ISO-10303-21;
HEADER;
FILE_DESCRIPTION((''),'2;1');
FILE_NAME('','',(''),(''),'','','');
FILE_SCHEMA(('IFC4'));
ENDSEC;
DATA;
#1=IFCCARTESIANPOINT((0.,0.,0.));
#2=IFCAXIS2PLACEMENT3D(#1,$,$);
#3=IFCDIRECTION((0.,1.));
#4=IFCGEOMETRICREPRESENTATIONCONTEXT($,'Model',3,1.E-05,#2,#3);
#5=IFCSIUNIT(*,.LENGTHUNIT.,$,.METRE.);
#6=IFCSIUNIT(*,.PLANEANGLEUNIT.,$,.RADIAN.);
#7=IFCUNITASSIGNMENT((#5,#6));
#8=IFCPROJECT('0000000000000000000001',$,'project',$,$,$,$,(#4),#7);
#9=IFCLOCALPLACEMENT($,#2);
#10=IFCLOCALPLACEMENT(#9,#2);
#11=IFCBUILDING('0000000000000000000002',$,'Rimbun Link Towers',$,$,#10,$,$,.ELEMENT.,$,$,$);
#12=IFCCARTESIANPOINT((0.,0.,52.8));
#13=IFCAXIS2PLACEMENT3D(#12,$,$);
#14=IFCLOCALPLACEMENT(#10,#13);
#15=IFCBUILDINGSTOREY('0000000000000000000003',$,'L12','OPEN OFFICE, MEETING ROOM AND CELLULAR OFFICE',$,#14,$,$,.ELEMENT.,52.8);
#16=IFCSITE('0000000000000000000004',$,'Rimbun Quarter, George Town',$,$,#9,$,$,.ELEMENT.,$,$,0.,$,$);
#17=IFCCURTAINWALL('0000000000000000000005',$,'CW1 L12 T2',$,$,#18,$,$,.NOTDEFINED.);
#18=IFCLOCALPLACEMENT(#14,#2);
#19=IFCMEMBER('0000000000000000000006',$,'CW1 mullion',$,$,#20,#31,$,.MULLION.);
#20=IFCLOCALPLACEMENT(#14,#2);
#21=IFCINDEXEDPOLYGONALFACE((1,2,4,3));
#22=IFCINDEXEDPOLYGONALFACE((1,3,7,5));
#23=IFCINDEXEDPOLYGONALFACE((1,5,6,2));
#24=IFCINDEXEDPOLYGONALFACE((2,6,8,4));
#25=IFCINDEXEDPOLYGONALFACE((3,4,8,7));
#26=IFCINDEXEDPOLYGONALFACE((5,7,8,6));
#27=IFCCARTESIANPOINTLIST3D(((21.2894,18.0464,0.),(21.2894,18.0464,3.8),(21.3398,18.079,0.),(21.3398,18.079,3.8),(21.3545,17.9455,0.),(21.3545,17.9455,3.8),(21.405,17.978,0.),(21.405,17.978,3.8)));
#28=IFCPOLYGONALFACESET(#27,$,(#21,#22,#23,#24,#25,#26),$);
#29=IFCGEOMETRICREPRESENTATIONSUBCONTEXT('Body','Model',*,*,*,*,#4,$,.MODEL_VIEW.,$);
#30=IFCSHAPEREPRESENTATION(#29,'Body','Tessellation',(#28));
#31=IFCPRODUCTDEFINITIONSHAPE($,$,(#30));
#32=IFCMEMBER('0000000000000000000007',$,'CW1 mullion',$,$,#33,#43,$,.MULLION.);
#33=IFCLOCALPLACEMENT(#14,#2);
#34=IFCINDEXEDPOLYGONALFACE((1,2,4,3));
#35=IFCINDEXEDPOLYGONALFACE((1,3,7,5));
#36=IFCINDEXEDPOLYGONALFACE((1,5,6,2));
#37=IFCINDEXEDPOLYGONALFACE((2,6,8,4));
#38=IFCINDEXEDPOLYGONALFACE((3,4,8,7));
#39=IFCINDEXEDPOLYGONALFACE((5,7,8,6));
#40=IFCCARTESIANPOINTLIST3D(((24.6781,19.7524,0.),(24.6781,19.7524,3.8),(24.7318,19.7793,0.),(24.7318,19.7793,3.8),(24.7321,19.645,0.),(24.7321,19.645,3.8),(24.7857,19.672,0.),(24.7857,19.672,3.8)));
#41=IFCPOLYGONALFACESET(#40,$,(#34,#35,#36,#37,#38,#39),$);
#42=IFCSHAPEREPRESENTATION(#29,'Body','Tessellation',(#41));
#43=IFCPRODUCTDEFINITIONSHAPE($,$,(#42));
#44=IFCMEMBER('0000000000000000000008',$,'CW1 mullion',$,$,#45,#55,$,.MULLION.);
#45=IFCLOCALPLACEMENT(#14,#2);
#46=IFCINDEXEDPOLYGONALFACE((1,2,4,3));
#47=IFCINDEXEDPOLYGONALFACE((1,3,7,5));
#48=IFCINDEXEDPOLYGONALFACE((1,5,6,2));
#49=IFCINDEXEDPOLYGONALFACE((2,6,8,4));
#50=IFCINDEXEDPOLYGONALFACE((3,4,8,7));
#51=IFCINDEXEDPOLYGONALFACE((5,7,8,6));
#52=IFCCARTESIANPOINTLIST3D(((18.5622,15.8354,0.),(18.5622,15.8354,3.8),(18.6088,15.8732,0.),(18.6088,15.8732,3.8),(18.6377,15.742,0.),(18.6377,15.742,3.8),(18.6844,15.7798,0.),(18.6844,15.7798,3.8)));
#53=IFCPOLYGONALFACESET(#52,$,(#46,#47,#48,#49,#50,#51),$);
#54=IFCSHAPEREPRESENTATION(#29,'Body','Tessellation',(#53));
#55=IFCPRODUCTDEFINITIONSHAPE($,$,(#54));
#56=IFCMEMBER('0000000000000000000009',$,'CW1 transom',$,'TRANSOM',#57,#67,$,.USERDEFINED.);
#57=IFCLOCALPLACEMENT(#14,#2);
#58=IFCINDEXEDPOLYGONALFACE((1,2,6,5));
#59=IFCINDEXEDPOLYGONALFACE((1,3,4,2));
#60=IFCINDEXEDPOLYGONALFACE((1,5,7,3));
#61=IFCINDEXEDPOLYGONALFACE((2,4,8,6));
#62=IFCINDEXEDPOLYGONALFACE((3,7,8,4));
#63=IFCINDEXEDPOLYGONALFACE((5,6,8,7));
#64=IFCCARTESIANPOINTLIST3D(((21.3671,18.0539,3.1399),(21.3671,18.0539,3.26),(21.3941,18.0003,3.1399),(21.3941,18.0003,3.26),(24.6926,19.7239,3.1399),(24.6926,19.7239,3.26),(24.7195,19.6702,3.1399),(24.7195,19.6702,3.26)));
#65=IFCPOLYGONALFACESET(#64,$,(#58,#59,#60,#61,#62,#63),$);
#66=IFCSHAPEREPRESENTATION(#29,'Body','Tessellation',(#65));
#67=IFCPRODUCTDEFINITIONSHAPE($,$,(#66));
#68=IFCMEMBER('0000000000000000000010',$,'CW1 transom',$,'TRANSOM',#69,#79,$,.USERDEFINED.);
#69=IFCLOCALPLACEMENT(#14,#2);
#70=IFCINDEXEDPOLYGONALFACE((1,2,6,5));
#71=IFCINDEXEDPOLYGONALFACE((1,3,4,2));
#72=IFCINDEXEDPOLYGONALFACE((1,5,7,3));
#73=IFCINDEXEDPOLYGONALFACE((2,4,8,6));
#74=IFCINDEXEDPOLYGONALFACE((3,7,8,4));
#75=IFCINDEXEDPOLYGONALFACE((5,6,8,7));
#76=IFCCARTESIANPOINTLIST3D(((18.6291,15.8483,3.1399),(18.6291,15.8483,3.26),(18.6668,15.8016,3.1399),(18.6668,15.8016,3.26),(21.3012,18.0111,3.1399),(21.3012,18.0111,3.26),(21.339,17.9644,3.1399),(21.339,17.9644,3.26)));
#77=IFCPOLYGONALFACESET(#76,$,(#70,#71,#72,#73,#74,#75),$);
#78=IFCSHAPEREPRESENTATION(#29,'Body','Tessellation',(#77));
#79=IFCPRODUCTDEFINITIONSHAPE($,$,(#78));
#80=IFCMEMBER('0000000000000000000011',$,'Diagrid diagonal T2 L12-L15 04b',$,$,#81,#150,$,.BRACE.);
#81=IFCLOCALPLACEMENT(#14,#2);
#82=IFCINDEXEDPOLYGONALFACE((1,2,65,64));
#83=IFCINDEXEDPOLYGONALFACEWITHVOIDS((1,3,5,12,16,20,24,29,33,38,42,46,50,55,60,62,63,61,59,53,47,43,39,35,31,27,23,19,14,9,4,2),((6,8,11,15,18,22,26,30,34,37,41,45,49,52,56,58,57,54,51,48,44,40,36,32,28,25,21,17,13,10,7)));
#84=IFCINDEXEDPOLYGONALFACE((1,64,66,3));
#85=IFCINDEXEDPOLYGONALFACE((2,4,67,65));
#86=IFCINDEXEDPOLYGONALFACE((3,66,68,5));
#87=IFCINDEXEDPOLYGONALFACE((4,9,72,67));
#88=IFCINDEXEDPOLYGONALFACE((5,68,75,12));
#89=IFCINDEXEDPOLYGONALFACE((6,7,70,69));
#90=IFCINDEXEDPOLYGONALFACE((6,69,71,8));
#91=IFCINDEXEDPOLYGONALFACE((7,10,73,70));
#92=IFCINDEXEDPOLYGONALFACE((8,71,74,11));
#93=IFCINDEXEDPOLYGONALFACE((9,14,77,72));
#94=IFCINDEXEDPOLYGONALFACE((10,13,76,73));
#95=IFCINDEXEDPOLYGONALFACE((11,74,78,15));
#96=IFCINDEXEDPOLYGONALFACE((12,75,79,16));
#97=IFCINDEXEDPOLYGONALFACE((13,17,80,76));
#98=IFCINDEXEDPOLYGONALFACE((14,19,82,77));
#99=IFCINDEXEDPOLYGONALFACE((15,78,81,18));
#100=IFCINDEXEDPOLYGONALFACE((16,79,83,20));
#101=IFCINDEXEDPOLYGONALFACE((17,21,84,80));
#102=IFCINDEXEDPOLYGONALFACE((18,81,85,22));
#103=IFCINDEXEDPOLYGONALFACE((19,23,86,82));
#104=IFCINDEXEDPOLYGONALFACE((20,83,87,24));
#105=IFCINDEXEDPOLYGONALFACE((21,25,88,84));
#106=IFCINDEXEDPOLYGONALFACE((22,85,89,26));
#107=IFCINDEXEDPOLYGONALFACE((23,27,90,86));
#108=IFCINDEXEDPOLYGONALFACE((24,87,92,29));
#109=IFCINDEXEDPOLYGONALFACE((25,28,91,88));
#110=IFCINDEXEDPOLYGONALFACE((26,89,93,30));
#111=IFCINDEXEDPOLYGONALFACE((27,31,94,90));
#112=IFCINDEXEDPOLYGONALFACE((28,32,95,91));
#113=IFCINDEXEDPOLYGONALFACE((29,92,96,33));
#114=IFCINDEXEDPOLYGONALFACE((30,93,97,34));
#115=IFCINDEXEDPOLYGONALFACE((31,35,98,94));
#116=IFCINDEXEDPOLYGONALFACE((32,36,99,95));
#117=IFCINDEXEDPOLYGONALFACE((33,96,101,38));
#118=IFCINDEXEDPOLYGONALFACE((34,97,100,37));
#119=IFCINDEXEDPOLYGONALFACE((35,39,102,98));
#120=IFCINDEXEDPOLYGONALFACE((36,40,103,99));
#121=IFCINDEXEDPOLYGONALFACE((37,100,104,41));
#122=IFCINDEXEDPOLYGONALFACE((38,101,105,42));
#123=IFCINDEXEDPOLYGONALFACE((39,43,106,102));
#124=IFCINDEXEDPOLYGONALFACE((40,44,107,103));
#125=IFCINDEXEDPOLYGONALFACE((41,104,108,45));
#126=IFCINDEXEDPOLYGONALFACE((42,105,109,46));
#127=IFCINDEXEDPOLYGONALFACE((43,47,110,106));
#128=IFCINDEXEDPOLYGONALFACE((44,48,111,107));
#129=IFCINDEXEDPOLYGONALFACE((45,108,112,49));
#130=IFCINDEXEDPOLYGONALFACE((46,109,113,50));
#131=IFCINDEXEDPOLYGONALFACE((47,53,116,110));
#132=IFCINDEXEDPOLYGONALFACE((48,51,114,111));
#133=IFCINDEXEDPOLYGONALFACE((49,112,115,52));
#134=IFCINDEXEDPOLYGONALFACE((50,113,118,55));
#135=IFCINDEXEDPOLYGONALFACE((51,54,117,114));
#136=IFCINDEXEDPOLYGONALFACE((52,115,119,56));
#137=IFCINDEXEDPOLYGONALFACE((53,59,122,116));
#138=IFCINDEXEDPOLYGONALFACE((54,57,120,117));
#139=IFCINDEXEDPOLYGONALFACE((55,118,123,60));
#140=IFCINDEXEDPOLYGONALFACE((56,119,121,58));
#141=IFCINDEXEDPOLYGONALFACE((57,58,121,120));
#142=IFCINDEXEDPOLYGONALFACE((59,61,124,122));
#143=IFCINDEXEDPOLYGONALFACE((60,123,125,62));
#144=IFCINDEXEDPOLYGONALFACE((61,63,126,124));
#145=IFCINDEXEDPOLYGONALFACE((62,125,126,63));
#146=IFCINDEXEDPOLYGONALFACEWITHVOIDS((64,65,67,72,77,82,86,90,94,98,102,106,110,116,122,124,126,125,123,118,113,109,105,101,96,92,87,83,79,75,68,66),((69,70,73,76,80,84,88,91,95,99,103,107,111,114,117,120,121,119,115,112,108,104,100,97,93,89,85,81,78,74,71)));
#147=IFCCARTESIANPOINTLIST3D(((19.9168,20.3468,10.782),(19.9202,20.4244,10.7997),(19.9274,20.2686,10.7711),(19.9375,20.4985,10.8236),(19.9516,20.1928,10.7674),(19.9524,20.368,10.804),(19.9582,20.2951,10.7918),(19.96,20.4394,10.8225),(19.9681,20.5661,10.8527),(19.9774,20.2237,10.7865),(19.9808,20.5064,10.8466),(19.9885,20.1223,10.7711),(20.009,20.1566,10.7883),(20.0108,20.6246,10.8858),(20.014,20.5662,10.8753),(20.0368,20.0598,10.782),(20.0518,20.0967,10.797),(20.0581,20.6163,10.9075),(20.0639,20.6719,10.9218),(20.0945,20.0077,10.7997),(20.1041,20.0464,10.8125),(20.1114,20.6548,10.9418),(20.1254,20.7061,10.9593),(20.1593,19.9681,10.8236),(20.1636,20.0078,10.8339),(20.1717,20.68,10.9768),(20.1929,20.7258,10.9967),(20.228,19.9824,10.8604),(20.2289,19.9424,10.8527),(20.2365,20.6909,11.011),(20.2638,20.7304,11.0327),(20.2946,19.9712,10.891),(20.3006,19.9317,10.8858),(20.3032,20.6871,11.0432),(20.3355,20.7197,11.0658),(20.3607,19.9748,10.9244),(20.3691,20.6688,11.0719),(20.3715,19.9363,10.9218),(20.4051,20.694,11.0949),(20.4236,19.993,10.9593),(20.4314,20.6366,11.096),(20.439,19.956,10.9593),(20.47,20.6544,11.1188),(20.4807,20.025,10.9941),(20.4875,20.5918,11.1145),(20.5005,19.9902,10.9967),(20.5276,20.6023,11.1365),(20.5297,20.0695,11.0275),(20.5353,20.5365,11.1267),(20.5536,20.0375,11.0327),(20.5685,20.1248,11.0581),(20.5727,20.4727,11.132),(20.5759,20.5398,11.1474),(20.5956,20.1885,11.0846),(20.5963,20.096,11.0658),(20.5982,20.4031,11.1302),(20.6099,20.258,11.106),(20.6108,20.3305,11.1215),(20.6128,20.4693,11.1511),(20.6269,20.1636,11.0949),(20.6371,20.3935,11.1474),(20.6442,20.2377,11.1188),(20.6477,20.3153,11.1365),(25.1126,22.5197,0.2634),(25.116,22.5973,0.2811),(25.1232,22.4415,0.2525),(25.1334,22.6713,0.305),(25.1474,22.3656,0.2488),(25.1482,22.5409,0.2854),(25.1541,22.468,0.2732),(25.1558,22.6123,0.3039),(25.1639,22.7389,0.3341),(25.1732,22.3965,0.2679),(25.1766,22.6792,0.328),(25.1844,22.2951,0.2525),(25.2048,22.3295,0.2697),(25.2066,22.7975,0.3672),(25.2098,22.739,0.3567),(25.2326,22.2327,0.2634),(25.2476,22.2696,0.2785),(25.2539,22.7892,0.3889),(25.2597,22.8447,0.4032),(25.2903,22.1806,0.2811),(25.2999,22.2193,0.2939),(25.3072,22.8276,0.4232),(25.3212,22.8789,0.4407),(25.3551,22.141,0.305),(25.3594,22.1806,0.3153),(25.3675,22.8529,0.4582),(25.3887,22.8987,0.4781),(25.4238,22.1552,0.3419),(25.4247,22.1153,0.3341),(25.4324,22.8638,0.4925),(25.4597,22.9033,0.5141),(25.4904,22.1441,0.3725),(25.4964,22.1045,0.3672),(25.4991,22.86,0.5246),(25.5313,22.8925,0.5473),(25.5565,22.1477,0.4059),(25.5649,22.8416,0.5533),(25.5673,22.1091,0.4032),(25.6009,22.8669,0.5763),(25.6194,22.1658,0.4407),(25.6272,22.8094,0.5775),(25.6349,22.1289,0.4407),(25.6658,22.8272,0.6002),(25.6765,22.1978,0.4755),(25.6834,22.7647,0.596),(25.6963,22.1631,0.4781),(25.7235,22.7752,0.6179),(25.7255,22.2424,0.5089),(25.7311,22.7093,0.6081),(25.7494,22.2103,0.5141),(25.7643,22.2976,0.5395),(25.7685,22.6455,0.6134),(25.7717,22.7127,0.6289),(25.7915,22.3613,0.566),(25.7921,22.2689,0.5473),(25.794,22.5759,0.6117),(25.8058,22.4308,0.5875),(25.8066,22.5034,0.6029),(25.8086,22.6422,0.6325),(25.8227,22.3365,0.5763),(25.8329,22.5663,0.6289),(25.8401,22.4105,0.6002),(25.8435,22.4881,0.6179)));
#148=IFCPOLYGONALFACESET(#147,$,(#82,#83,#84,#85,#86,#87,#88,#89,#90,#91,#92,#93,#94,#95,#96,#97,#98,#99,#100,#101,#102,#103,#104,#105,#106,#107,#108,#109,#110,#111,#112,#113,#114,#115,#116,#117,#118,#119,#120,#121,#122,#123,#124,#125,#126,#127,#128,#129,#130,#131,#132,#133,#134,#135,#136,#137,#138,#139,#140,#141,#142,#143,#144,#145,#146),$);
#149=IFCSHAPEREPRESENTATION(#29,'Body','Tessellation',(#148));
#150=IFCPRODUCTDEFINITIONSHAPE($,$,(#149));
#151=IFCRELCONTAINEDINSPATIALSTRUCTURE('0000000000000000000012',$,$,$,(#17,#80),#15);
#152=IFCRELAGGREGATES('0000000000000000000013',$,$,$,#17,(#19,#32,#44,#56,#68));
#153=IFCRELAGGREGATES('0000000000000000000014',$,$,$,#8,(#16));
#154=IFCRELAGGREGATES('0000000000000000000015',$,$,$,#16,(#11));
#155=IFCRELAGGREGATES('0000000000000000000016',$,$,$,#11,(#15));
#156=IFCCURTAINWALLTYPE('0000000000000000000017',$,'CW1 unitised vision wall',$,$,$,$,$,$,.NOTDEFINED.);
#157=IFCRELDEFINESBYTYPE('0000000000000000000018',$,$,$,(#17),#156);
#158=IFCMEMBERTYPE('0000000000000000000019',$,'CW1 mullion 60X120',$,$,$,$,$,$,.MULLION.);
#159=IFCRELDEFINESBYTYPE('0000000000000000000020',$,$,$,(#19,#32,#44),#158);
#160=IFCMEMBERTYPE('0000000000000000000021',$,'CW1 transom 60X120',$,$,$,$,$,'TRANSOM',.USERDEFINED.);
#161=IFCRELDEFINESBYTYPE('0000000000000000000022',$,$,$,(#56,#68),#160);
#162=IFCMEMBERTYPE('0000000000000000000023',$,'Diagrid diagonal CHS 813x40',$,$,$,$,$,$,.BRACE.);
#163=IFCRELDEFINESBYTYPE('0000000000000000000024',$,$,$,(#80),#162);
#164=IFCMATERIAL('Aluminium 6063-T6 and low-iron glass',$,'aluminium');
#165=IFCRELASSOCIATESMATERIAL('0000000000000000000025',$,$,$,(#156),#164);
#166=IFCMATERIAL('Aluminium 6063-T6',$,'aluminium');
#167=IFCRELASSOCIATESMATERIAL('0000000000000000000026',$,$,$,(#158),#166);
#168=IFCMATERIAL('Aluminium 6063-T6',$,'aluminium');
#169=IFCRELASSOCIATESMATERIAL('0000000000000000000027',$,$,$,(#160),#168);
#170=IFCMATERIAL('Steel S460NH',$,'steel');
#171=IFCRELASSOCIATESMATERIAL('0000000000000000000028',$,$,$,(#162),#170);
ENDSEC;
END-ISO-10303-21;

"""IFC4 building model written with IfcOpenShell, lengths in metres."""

from ifc_helpers import new_model, si_unit, direction, frame, origin, origin_2d, place, context, subcontext, project, spatial, rectangle, hollow_circle, extrude, material, material_profile, profile_set, type_object, element, aggregate, save


model = new_model("IFC4")

# Units and contexts
model_context = context("Model", 3, precision=1e-05, world=origin(), true_north=direction((0.0, 1.0)))
body_context = subcontext(model_context, "Body", "Model", "MODEL_VIEW")
ifc_project = project(units=[si_unit("LENGTHUNIT", "METRE"), si_unit("PLANEANGLEUNIT", "RADIAN")], contexts=[model_context])

# Site, building, storey
site_placement = place(None, origin())
site = spatial("IfcSite", under=ifc_project, at=site_placement, Name="Rimbun Quarter, George Town", CompositionType="ELEMENT", RefElevation=0.0)
building_placement = place(site_placement, origin())
building = spatial("IfcBuilding", under=site, at=building_placement, Name="Rimbun Link Towers", CompositionType="ELEMENT")
storey_placement = place(building_placement, frame((0.0, 0.0, 52.8)))
storey = spatial("IfcBuildingStorey", under=building, at=storey_placement, Name="L12", Description="OPEN OFFICE, MEETING ROOM AND CELLULAR OFFICE", CompositionType="ELEMENT", Elevation=52.8)

# Curtain wall, members
ifc_material_1 = material(Name="Aluminium 6063-T6 and low-iron glass", Category="aluminium")
curtain_wall_type = type_object("IfcCurtainWallType", Name="CW1 unitised vision wall", PredefinedType="NOTDEFINED", material=ifc_material_1)
curtain_wall_placement = place(storey_placement, origin())
curtain_wall = element("IfcCurtainWall", 1, at=curtain_wall_placement, inside=storey, type_object=curtain_wall_type, Name="CW1 L12 T2", PredefinedType="NOTDEFINED")
ifc_material_2 = material(Name="Aluminium 6063-T6", Category="aluminium")
ifc_material_profile_1 = material_profile(ifc_material_2, rectangle(XDim=0.1201, YDim=0.0601, at=origin_2d()), Name="MULLION 60X120")
ifc_profile_set_1 = profile_set([ifc_material_profile_1], Name="Aluminium 6063-T6")
member_type_1 = type_object("IfcMemberType", Name="CW1 mullion 60X120", PredefinedType="MULLION", material=ifc_profile_set_1)
member_1_placement = place(storey_placement, frame((21.3472, 18.0122, 0.0), z_axis=(0.0, 0.0, 1.0), x_axis=(-0.542105, 0.840311, 0.0)))
member_1 = element("IfcMember", 2, at=member_1_placement, type_object=member_type_1, Name="CW1 mullion", PredefinedType="MULLION", context=body_context, shape_type="SweptSolid", body=[
    extrude(rectangle(XDim=0.1201, YDim=0.0601, at=origin_2d()), origin(), (0.0, 0.0, 1.0), 3.8),
])
member_2_placement = place(storey_placement, frame((24.7319, 19.7122, 0.0), z_axis=(0.0, 0.0, 1.0), x_axis=(-0.448789, 0.893638, 0.0)))
member_2 = element("IfcMember", 3, at=member_2_placement, type_object=member_type_1, Name="CW1 mullion", PredefinedType="MULLION", context=body_context, shape_type="SweptSolid", body=[
    extrude(rectangle(XDim=0.1201, YDim=0.0601, at=origin_2d()), origin(), (0.0, 0.0, 1.0), 3.8),
])
member_3_placement = place(storey_placement, frame((18.6233, 15.8076, 0.0), z_axis=(0.0, 0.0, 1.0), x_axis=(-0.629158, 0.777277, 0.0)))
member_3 = element("IfcMember", 4, at=member_3_placement, type_object=member_type_1, Name="CW1 mullion", PredefinedType="MULLION", context=body_context, shape_type="SweptSolid", body=[
    extrude(rectangle(XDim=0.1201, YDim=0.0601, at=origin_2d()), origin(), (0.0, 0.0, 1.0), 3.8),
])
ifc_material_3 = material(Name="Aluminium 6063-T6", Category="aluminium")
ifc_material_profile_2 = material_profile(ifc_material_3, rectangle(XDim=0.0601, YDim=0.1201, at=origin_2d()), Name="TRANSOM 60X120")
ifc_profile_set_2 = profile_set([ifc_material_profile_2], Name="Aluminium 6063-T6")
member_type_2 = type_object("IfcMemberType", Name="CW1 transom 60X120", ElementType="TRANSOM", PredefinedType="USERDEFINED", material=ifc_profile_set_2)
member_4_placement = place(storey_placement, frame((21.3806, 18.0271, 3.2), z_axis=(0.893652, 0.448761, 0.0), x_axis=(-0.448761, 0.893652, 0.0)))
member_4 = element("IfcMember", 5, at=member_4_placement, type_object=member_type_2, Name="CW1 transom", ObjectType="TRANSOM", PredefinedType="USERDEFINED", context=body_context, shape_type="SweptSolid", body=[
    extrude(rectangle(XDim=0.0601, YDim=0.1201, at=origin_2d()), origin(), (0.0, 0.0, 1.0), 3.7212),
])
member_5_placement = place(storey_placement, frame((18.6479, 15.825, 3.2), z_axis=(0.777288, 0.629145, 0.0), x_axis=(-0.629145, 0.777288, 0.0)))
member_5 = element("IfcMember", 6, at=member_5_placement, type_object=member_type_2, Name="CW1 transom", ObjectType="TRANSOM", PredefinedType="USERDEFINED", context=body_context, shape_type="SweptSolid", body=[
    extrude(rectangle(XDim=0.0601, YDim=0.1201, at=origin_2d()), origin(), (0.0, 0.0, 1.0), 3.4377),
])

# Member
ifc_material_4 = material(Name="Steel S460NH", Category="steel")
ifc_material_profile_3 = material_profile(ifc_material_4, hollow_circle(Radius=0.4065, WallThickness=0.04, at=origin_2d()), Name="Diagrid diagonal CHS 813x40")
ifc_profile_set_3 = profile_set([ifc_material_profile_3], Name="Steel S460NH")
member_type_3 = type_object("IfcMemberType", Name="Diagrid diagonal CHS 813x40", PredefinedType="BRACE", material=ifc_profile_set_3)
member_6_placement = place(storey_placement, frame((25.478, 22.5039, 0.4407), z_axis=(-0.435474, -0.182112, 0.881588), x_axis=(0.385816, -0.922576, 0.0)))
element("IfcMember", 7, at=member_6_placement, inside=storey, type_object=member_type_3, Name="Diagrid diagonal T2 L12-L15 04b", PredefinedType="BRACE", context=body_context, shape_type="SweptSolid", body=[
    extrude(hollow_circle(Radius=0.4065, WallThickness=0.04, at=origin_2d()), origin(), (0.0, 0.0, 1.0), 11.9314),
])

aggregate(curtain_wall, [member_1, member_2, member_3, member_4, member_5])

save(model, "model.ifc")
